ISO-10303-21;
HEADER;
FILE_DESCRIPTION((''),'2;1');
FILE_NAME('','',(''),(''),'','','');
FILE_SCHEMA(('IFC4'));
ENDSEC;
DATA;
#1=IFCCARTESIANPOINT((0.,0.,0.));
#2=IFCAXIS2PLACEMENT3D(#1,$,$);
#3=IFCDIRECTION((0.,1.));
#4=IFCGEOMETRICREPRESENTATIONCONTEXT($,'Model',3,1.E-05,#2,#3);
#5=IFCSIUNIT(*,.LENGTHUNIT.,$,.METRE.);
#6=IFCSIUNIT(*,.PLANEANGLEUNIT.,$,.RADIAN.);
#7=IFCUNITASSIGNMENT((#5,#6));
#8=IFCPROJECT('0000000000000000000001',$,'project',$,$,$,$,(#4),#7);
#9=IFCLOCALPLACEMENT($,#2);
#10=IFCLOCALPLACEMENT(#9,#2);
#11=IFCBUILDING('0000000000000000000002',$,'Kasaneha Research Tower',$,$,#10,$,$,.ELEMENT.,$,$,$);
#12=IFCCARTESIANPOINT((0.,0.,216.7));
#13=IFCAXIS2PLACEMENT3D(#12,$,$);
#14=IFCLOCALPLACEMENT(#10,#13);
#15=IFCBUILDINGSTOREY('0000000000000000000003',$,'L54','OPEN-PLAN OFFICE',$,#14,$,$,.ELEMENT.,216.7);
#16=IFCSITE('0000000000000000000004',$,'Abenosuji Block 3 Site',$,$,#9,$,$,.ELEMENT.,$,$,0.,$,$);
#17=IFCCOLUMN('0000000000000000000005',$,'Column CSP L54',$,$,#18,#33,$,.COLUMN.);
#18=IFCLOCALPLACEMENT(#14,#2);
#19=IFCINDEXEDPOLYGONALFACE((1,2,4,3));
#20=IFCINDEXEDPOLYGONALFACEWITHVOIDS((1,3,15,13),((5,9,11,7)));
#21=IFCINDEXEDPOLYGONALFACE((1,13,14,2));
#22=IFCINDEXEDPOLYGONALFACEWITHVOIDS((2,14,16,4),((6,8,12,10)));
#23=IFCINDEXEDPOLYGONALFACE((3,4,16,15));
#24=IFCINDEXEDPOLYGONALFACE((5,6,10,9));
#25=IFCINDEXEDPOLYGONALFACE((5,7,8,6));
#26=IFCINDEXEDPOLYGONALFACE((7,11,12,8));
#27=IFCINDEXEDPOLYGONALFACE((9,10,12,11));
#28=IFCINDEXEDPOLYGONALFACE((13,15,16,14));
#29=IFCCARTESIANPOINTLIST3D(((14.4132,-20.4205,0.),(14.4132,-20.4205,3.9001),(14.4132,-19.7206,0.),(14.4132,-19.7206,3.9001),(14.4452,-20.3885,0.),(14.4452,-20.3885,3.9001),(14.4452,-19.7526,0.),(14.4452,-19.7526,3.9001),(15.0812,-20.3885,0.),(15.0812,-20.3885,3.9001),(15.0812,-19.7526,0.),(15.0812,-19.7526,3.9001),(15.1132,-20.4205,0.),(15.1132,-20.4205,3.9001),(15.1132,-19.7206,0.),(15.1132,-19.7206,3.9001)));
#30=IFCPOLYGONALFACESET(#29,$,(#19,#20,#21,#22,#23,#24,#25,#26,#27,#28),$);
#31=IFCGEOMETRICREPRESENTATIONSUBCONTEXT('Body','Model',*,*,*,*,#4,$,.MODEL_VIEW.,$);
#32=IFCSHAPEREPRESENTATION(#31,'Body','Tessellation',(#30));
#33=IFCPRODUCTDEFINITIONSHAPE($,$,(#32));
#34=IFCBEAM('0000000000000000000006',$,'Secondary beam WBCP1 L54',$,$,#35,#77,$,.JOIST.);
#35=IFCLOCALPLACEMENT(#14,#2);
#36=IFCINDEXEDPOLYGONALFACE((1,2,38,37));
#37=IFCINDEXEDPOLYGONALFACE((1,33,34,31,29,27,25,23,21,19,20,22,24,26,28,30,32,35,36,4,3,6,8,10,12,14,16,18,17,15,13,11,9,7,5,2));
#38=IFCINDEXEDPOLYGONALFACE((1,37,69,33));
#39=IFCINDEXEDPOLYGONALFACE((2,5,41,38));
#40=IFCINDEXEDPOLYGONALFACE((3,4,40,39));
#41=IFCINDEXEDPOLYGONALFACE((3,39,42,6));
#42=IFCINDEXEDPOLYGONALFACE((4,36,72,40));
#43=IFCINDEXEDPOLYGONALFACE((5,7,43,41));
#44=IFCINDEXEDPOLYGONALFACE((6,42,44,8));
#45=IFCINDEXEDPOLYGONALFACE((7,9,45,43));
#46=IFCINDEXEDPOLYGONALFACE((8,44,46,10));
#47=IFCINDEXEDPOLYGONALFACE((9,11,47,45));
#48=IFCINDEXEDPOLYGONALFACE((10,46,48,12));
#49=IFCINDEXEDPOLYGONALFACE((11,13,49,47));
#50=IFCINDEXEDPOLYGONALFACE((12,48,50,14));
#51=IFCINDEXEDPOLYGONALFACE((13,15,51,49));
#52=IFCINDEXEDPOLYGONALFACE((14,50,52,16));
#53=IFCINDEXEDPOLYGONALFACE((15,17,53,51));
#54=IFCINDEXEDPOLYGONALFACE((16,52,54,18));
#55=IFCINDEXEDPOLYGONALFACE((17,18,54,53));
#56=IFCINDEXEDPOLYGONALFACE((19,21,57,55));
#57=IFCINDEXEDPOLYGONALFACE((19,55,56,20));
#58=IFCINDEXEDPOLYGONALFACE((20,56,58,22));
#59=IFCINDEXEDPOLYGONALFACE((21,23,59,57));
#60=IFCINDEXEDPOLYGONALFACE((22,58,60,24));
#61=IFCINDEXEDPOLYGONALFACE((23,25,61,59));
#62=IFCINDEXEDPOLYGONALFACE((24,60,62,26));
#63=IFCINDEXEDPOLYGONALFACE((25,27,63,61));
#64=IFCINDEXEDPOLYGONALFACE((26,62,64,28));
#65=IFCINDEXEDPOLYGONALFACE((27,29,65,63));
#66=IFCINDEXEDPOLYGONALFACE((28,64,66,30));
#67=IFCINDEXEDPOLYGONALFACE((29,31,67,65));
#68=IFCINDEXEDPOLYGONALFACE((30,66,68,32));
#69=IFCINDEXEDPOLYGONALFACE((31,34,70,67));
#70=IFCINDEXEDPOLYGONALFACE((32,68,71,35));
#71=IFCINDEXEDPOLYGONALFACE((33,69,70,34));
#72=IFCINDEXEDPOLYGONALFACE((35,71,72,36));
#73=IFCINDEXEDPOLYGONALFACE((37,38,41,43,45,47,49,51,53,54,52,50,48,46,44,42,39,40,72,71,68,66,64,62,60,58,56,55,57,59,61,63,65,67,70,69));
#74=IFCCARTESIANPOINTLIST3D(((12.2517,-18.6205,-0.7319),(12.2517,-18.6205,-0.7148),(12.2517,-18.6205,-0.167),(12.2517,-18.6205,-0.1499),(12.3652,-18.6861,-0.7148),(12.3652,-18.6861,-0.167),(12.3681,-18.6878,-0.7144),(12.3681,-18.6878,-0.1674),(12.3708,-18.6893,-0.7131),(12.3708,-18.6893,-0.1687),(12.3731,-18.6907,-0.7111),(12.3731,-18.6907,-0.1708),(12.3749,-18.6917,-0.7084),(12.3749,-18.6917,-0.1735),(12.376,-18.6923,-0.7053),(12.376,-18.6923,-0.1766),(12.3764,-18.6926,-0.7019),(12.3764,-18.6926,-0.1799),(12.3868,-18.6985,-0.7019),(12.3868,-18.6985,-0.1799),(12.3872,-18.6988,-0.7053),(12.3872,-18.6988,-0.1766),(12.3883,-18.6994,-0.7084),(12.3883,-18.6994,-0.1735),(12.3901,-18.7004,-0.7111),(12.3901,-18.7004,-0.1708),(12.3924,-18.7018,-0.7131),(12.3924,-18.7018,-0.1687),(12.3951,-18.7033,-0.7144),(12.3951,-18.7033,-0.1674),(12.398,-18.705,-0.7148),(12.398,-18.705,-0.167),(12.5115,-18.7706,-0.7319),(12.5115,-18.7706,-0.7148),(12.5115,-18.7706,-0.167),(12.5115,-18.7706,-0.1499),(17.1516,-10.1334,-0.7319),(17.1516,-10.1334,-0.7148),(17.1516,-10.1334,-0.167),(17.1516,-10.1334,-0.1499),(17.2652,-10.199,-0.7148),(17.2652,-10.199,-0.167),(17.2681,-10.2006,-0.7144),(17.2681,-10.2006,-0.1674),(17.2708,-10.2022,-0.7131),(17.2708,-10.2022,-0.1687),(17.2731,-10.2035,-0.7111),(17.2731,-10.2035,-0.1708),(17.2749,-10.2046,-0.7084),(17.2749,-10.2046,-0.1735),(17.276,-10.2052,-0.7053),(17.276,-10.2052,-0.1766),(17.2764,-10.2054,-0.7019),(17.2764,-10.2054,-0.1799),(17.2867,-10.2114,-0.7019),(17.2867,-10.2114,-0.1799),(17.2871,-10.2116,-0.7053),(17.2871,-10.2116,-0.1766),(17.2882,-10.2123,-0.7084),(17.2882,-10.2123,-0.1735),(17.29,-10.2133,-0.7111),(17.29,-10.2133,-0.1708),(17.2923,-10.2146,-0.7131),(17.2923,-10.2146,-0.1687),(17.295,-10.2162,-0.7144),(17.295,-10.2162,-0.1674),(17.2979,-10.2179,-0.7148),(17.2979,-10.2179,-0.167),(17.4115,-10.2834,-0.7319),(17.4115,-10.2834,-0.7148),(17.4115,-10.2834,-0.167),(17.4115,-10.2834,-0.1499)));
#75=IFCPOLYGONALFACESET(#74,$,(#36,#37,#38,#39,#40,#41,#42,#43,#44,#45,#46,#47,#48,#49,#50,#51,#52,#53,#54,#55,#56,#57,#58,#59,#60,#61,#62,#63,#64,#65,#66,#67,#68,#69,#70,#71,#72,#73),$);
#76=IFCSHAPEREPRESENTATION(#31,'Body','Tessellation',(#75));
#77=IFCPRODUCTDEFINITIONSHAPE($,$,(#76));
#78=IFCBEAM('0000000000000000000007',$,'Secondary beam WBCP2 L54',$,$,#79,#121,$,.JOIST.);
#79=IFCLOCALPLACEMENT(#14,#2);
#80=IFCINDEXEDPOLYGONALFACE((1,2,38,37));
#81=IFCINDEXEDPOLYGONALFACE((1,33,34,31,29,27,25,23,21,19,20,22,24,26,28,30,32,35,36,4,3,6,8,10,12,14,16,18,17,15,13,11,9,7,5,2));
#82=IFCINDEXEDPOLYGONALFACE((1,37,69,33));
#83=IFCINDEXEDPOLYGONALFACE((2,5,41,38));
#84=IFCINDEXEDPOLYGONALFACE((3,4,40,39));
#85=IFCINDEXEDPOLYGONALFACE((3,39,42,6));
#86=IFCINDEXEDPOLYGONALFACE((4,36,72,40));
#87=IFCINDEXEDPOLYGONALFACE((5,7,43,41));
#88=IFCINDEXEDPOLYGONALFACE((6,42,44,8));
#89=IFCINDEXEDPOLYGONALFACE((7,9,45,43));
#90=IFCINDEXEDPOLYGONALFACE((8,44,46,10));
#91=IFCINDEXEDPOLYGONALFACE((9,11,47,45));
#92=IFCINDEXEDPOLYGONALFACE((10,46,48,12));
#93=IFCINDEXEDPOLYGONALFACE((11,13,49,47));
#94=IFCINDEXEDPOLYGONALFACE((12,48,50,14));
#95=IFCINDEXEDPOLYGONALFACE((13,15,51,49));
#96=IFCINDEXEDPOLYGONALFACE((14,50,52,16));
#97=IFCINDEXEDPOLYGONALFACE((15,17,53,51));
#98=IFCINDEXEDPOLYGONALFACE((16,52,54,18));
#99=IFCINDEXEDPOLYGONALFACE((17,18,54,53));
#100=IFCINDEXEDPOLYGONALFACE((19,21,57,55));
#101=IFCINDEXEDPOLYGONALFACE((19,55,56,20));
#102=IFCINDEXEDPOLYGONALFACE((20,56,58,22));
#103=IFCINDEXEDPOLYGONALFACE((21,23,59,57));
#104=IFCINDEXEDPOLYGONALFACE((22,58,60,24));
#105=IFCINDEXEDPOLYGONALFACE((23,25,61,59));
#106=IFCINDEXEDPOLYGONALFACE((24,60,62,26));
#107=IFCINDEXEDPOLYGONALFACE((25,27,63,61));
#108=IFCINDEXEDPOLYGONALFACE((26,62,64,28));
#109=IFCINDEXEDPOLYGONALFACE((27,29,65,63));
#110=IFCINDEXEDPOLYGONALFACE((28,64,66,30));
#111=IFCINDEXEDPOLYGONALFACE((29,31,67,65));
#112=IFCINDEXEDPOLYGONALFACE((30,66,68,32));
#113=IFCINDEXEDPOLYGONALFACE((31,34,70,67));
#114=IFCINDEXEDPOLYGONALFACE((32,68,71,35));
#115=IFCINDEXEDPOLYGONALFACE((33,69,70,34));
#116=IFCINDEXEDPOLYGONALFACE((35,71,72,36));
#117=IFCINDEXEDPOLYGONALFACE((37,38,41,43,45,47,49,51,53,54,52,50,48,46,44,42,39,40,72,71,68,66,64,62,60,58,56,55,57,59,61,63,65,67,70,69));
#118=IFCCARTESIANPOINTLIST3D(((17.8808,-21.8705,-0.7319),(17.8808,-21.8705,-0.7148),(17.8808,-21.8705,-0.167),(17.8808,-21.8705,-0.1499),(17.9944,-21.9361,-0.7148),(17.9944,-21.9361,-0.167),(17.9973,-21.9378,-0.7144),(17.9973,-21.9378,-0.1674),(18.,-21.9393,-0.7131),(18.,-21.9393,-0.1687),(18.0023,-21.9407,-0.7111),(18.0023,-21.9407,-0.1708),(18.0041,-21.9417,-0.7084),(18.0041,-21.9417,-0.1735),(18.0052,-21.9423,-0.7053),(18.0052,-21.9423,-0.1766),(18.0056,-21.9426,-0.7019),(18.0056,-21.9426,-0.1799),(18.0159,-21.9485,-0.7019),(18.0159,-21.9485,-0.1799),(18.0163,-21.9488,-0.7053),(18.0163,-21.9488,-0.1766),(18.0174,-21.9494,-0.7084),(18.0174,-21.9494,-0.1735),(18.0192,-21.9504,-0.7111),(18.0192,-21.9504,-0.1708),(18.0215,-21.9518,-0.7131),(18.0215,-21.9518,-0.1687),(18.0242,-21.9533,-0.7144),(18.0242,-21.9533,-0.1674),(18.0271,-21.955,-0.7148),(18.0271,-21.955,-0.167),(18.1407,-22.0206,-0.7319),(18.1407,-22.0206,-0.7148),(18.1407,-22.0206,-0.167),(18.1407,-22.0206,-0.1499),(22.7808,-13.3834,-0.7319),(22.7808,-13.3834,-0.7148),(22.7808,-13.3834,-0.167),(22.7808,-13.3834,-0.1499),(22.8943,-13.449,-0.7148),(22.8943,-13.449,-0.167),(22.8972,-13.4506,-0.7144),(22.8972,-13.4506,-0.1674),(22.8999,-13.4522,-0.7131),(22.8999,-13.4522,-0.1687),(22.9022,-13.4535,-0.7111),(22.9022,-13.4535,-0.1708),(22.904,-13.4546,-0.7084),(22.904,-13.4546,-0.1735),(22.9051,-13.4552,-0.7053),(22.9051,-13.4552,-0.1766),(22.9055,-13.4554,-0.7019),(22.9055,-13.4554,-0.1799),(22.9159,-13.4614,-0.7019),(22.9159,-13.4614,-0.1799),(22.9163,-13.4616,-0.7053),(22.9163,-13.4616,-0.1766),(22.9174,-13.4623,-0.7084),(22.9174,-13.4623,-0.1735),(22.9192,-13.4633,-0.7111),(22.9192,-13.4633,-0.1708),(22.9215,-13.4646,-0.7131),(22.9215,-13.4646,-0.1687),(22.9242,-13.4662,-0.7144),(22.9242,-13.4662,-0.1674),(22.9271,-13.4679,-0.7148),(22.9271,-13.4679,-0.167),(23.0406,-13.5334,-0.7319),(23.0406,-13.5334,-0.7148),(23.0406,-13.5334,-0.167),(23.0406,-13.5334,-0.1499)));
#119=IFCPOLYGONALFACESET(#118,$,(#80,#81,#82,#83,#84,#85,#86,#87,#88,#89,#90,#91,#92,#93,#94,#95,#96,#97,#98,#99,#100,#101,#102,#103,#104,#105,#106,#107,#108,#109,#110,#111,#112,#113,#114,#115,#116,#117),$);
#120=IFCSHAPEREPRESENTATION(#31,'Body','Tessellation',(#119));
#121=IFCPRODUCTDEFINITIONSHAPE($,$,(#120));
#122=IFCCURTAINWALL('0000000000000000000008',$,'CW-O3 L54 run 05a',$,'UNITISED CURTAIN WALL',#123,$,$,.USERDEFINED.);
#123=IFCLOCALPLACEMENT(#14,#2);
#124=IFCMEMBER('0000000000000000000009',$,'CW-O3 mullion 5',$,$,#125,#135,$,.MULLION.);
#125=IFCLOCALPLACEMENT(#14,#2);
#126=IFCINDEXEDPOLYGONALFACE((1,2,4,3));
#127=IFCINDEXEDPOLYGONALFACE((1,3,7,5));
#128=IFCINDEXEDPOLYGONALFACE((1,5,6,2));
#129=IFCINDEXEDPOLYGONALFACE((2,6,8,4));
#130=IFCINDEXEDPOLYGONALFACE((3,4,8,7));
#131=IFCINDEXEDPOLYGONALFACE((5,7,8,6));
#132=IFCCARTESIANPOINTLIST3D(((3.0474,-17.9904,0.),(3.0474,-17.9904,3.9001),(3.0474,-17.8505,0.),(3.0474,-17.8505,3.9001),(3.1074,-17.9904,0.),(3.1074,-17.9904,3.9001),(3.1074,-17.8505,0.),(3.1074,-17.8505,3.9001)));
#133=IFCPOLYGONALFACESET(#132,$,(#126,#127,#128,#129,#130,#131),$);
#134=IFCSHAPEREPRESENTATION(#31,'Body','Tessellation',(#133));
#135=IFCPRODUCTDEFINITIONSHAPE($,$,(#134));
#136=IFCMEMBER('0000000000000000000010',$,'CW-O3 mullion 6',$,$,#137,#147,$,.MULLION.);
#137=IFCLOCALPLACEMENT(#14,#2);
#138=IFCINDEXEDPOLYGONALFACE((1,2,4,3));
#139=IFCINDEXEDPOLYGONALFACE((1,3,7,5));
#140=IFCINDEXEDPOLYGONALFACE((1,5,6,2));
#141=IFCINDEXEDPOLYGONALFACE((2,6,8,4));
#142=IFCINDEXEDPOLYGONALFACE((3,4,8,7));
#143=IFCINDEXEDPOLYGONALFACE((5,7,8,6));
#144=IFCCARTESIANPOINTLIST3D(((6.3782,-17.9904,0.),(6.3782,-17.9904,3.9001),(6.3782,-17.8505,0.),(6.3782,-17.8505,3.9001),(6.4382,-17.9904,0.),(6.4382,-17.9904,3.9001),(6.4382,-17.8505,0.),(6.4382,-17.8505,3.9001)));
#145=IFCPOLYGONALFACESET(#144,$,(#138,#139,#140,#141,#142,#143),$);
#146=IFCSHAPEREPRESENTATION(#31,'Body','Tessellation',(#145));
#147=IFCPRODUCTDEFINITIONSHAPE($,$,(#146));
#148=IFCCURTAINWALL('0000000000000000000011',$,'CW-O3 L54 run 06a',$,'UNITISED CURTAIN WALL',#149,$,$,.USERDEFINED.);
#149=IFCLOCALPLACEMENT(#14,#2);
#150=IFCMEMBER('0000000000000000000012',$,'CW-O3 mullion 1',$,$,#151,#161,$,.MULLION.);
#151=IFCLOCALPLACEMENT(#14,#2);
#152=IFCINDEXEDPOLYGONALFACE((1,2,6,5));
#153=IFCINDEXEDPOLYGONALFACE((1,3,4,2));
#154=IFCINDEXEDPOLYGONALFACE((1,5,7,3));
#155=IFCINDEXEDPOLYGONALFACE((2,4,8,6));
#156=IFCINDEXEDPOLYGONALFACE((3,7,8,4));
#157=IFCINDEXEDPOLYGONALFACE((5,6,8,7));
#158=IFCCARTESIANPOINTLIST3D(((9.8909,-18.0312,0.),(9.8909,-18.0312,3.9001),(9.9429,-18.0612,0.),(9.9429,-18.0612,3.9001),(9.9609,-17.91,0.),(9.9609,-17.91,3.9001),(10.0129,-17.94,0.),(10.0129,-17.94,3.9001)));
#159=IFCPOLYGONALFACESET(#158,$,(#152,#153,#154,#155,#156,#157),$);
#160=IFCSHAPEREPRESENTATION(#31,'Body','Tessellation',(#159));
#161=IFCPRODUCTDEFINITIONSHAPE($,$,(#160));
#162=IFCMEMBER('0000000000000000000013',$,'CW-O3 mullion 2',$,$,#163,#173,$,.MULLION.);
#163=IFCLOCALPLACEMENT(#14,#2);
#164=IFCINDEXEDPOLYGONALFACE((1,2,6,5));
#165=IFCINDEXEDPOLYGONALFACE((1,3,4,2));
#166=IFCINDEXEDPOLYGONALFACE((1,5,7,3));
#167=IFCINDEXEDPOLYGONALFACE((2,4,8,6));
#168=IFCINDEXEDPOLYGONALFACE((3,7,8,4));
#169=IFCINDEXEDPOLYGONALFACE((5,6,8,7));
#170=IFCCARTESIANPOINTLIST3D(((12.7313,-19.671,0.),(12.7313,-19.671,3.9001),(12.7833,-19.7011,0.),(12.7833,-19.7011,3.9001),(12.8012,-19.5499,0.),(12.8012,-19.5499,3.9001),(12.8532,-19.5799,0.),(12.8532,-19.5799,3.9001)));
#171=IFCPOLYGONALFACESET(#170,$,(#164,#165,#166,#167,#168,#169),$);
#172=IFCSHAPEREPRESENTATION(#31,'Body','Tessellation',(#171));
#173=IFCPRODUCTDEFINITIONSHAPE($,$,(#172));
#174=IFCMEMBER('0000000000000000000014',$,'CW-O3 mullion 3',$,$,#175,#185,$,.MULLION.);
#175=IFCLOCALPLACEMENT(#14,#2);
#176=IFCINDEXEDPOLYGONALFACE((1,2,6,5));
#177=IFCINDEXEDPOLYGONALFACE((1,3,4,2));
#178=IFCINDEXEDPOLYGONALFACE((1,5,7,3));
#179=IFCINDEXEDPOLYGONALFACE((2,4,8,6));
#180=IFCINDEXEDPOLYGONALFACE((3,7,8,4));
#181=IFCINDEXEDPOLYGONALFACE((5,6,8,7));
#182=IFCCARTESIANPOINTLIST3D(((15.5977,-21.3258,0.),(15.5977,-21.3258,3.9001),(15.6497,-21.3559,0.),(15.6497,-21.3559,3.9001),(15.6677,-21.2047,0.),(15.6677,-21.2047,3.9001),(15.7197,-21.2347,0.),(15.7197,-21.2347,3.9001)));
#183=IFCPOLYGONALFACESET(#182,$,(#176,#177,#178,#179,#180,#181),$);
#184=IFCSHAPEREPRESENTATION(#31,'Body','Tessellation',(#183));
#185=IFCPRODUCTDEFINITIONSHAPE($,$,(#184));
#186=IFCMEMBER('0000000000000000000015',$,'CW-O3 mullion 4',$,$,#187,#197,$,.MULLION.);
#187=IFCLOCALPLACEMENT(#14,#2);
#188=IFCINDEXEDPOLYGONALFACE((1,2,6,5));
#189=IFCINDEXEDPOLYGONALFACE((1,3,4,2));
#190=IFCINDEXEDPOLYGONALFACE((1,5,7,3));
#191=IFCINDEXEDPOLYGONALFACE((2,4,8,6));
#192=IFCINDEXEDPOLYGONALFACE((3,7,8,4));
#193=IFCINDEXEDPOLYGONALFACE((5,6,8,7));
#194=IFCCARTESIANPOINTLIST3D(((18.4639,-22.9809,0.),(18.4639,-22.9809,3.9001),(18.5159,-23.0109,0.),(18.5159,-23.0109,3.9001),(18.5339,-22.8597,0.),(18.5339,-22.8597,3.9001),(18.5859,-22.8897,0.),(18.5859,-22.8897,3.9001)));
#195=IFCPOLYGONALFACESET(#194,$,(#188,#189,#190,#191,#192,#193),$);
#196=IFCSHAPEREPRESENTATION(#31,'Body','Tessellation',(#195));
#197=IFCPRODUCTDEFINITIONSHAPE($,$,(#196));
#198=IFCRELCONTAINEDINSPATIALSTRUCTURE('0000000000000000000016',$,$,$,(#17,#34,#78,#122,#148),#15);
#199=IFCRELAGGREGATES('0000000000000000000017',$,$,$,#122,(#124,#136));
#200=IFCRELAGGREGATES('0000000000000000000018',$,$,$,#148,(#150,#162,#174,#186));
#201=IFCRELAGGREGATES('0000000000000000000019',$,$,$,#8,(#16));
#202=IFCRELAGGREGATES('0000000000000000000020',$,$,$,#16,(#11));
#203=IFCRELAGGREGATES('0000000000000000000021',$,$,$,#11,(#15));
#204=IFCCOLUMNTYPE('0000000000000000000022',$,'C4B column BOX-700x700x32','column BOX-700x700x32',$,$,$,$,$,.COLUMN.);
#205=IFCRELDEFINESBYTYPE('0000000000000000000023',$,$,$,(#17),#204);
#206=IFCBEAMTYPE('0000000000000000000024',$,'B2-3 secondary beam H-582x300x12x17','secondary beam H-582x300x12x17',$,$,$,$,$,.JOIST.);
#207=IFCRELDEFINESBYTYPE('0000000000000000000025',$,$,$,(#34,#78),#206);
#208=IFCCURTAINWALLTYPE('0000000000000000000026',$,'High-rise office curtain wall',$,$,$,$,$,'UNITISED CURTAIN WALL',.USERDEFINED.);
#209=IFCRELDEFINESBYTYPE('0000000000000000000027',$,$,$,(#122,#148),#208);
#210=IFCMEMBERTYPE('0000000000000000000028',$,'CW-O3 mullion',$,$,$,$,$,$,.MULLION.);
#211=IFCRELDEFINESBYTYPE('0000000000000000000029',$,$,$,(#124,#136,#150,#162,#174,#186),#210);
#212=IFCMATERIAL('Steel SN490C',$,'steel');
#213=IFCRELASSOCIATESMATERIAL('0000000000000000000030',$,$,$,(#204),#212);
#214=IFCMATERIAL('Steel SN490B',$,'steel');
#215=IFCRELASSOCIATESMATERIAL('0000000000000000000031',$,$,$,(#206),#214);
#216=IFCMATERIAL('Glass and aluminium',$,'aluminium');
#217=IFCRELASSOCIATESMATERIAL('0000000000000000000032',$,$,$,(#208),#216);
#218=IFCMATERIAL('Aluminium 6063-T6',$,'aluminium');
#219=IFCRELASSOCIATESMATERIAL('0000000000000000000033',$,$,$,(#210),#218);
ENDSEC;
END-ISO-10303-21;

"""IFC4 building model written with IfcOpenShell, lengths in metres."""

from ifc_helpers import new_model, si_unit, direction, frame, origin, origin_2d, place, context, subcontext, project, spatial, rectangle, hollow_rectangle, i_section, extrude, material, material_profile, profile_set, type_object, element, aggregate, save


model = new_model("IFC4")

# Units and contexts
model_context = context("Model", 3, precision=1e-05, world=origin(), true_north=direction((0.0, 1.0)))
body_context = subcontext(model_context, "Body", "Model", "MODEL_VIEW")
ifc_project = project(units=[si_unit("LENGTHUNIT", "METRE"), si_unit("PLANEANGLEUNIT", "RADIAN")], contexts=[model_context])

# Site, building, storey
site_placement = place(None, origin())
site = spatial("IfcSite", under=ifc_project, at=site_placement, Name="Abenosuji Block 3 Site", CompositionType="ELEMENT", RefElevation=0.0)
building_placement = place(site_placement, origin())
building = spatial("IfcBuilding", under=site, at=building_placement, Name="Kasaneha Research Tower", CompositionType="ELEMENT")
storey_placement = place(building_placement, frame((0.0, 0.0, 216.7)))
storey = spatial("IfcBuildingStorey", under=building, at=storey_placement, Name="L54", Description="OPEN-PLAN OFFICE", CompositionType="ELEMENT", Elevation=216.7)

# Column
ifc_material_1 = material(Name="Steel SN490C", Category="steel")
ifc_material_profile_1 = material_profile(ifc_material_1, hollow_rectangle(XDim=0.7, YDim=0.7, WallThickness=0.032, at=origin_2d()), Name="BOX-700x700x32")
ifc_profile_set_1 = profile_set([ifc_material_profile_1], Name="Steel SN490C")
column_type = type_object("IfcColumnType", Name="C4B column BOX-700x700x32", Description="column BOX-700x700x32", PredefinedType="COLUMN", material=ifc_profile_set_1)
column_placement = place(storey_placement, frame((14.7632, -20.0706, 0.0), z_axis=(0.0, 0.0, 1.0), x_axis=(1.0, 0.0, 0.0)))
element("IfcColumn", 1, at=column_placement, inside=storey, type_object=column_type, Name="Column CSP L54", PredefinedType="COLUMN", context=body_context, shape_type="SweptSolid", body=[
    extrude(hollow_rectangle(XDim=0.7, YDim=0.7, WallThickness=0.032, at=origin_2d()), origin(), (0.0, 0.0, 1.0), 3.9001),
])

# Beams
ifc_material_2 = material(Name="Steel SN490B", Category="steel")
ifc_material_profile_2 = material_profile(ifc_material_2, i_section(OverallWidth=0.3, OverallDepth=0.582, WebThickness=0.012, FlangeThickness=0.0171, FilletRadius=0.0129, at=origin_2d()), Name="H-582x300x12x17")
ifc_profile_set_2 = profile_set([ifc_material_profile_2], Name="Steel SN490B")
beam_type_1 = type_object("IfcBeamType", Name="B2-3 secondary beam H-582x300x12x17", Description="secondary beam H-582x300x12x17", PredefinedType="JOIST", material=ifc_profile_set_2)
for number, where, z_axis, x_axis, name in (
    (2, (12.3816, -18.6956, -0.4409), (0.499992, 0.86603, 0.0), (-0.86603, 0.499992, 0.0), "Secondary beam WBCP1 L54"),
    (3, (18.0107, -21.9456, -0.4409), (0.499992, 0.86603, 0.0), (-0.86603, 0.499992, 0.0), "Secondary beam WBCP2 L54"),
):
    element("IfcBeam", number, at=place(storey_placement, frame(where, z_axis=z_axis, x_axis=x_axis)), inside=storey, type_object=beam_type_1, Name=name, PredefinedType="JOIST", context=body_context, shape_type="SweptSolid", body=[
        extrude(i_section(OverallWidth=0.3, OverallDepth=0.582, WebThickness=0.012, FlangeThickness=0.0171, FilletRadius=0.0129, at=origin_2d()), origin(), (0.0, 0.0, 1.0), 9.8),
    ])

# Curtain walls, members
ifc_material_3 = material(Name="Glass and aluminium", Category="aluminium")
curtain_wall_type = type_object("IfcCurtainWallType", Name="High-rise office curtain wall", ElementType="UNITISED CURTAIN WALL", PredefinedType="USERDEFINED", material=ifc_material_3)
curtain_wall_1_placement = place(storey_placement, origin())
curtain_wall_1 = element("IfcCurtainWall", 4, at=curtain_wall_1_placement, inside=storey, type_object=curtain_wall_type, Name="CW-O3 L54 run 05a", ObjectType="UNITISED CURTAIN WALL", PredefinedType="USERDEFINED")
ifc_material_4 = material(Name="Aluminium 6063-T6", Category="aluminium")
ifc_material_profile_3 = material_profile(ifc_material_4, rectangle(XDim=0.0601, YDim=0.1399, at=origin_2d()), Name="CW-O3 mullion 60x140")
ifc_profile_set_3 = profile_set([ifc_material_profile_3], Name="Aluminium 6063-T6")
member_type_1 = type_object("IfcMemberType", Name="CW-O3 mullion", PredefinedType="MULLION", material=ifc_profile_set_3)
member_1_placement = place(storey_placement, frame((3.0774, -17.9204, 0.0), z_axis=(0.0, 0.0, 1.0), x_axis=(1.0, 0.0, 0.0)))
member_1 = element("IfcMember", 5, at=member_1_placement, type_object=member_type_1, Name="CW-O3 mullion 5", PredefinedType="MULLION", context=body_context, shape_type="SweptSolid", body=[
    extrude(rectangle(XDim=0.0601, YDim=0.1399, at=origin_2d()), origin(), (0.0, 0.0, 1.0), 3.9001),
])
member_2_placement = place(storey_placement, frame((6.4082, -17.9204, 0.0), z_axis=(0.0, 0.0, 1.0), x_axis=(1.0, 0.0, 0.0)))
member_2 = element("IfcMember", 6, at=member_2_placement, type_object=member_type_1, Name="CW-O3 mullion 6", PredefinedType="MULLION", context=body_context, shape_type="SweptSolid", body=[
    extrude(rectangle(XDim=0.0601, YDim=0.1399, at=origin_2d()), origin(), (0.0, 0.0, 1.0), 3.9001),
])
curtain_wall_2_placement = place(storey_placement, origin())
curtain_wall_2 = element("IfcCurtainWall", 7, at=curtain_wall_2_placement, inside=storey, type_object=curtain_wall_type, Name="CW-O3 L54 run 06a", ObjectType="UNITISED CURTAIN WALL", PredefinedType="USERDEFINED")
member_3_placement = place(storey_placement, frame((9.9519, -17.9856, 0.0), z_axis=(0.0, 0.0, 1.0), x_axis=(0.866025, -0.5, 0.0)))
member_3 = element("IfcMember", 8, at=member_3_placement, type_object=member_type_1, Name="CW-O3 mullion 1", PredefinedType="MULLION", context=body_context, shape_type="SweptSolid", body=[
    extrude(rectangle(XDim=0.0601, YDim=0.1399, at=origin_2d()), origin(), (0.0, 0.0, 1.0), 3.9001),
])
member_4_placement = place(storey_placement, frame((12.7922, -19.6255, 0.0), z_axis=(0.0, 0.0, 1.0), x_axis=(0.866025, -0.5, 0.0)))
member_4 = element("IfcMember", 9, at=member_4_placement, type_object=member_type_1, Name="CW-O3 mullion 2", PredefinedType="MULLION", context=body_context, shape_type="SweptSolid", body=[
    extrude(rectangle(XDim=0.0601, YDim=0.1399, at=origin_2d()), origin(), (0.0, 0.0, 1.0), 3.9001),
])
member_5_placement = place(storey_placement, frame((15.6587, -21.2803, 0.0), z_axis=(0.0, 0.0, 1.0), x_axis=(0.866025, -0.5, 0.0)))
member_5 = element("IfcMember", 10, at=member_5_placement, type_object=member_type_1, Name="CW-O3 mullion 3", PredefinedType="MULLION", context=body_context, shape_type="SweptSolid", body=[
    extrude(rectangle(XDim=0.0601, YDim=0.1399, at=origin_2d()), origin(), (0.0, 0.0, 1.0), 3.9001),
])
member_6_placement = place(storey_placement, frame((18.5249, -22.9353, 0.0), z_axis=(0.0, 0.0, 1.0), x_axis=(0.866025, -0.5, 0.0)))
member_6 = element("IfcMember", 11, at=member_6_placement, type_object=member_type_1, Name="CW-O3 mullion 4", PredefinedType="MULLION", context=body_context, shape_type="SweptSolid", body=[
    extrude(rectangle(XDim=0.0601, YDim=0.1399, at=origin_2d()), origin(), (0.0, 0.0, 1.0), 3.9001),
])

aggregate(curtain_wall_1, [member_1, member_2])
aggregate(curtain_wall_2, [member_3, member_4, member_5, member_6])

save(model, "model.ifc")
